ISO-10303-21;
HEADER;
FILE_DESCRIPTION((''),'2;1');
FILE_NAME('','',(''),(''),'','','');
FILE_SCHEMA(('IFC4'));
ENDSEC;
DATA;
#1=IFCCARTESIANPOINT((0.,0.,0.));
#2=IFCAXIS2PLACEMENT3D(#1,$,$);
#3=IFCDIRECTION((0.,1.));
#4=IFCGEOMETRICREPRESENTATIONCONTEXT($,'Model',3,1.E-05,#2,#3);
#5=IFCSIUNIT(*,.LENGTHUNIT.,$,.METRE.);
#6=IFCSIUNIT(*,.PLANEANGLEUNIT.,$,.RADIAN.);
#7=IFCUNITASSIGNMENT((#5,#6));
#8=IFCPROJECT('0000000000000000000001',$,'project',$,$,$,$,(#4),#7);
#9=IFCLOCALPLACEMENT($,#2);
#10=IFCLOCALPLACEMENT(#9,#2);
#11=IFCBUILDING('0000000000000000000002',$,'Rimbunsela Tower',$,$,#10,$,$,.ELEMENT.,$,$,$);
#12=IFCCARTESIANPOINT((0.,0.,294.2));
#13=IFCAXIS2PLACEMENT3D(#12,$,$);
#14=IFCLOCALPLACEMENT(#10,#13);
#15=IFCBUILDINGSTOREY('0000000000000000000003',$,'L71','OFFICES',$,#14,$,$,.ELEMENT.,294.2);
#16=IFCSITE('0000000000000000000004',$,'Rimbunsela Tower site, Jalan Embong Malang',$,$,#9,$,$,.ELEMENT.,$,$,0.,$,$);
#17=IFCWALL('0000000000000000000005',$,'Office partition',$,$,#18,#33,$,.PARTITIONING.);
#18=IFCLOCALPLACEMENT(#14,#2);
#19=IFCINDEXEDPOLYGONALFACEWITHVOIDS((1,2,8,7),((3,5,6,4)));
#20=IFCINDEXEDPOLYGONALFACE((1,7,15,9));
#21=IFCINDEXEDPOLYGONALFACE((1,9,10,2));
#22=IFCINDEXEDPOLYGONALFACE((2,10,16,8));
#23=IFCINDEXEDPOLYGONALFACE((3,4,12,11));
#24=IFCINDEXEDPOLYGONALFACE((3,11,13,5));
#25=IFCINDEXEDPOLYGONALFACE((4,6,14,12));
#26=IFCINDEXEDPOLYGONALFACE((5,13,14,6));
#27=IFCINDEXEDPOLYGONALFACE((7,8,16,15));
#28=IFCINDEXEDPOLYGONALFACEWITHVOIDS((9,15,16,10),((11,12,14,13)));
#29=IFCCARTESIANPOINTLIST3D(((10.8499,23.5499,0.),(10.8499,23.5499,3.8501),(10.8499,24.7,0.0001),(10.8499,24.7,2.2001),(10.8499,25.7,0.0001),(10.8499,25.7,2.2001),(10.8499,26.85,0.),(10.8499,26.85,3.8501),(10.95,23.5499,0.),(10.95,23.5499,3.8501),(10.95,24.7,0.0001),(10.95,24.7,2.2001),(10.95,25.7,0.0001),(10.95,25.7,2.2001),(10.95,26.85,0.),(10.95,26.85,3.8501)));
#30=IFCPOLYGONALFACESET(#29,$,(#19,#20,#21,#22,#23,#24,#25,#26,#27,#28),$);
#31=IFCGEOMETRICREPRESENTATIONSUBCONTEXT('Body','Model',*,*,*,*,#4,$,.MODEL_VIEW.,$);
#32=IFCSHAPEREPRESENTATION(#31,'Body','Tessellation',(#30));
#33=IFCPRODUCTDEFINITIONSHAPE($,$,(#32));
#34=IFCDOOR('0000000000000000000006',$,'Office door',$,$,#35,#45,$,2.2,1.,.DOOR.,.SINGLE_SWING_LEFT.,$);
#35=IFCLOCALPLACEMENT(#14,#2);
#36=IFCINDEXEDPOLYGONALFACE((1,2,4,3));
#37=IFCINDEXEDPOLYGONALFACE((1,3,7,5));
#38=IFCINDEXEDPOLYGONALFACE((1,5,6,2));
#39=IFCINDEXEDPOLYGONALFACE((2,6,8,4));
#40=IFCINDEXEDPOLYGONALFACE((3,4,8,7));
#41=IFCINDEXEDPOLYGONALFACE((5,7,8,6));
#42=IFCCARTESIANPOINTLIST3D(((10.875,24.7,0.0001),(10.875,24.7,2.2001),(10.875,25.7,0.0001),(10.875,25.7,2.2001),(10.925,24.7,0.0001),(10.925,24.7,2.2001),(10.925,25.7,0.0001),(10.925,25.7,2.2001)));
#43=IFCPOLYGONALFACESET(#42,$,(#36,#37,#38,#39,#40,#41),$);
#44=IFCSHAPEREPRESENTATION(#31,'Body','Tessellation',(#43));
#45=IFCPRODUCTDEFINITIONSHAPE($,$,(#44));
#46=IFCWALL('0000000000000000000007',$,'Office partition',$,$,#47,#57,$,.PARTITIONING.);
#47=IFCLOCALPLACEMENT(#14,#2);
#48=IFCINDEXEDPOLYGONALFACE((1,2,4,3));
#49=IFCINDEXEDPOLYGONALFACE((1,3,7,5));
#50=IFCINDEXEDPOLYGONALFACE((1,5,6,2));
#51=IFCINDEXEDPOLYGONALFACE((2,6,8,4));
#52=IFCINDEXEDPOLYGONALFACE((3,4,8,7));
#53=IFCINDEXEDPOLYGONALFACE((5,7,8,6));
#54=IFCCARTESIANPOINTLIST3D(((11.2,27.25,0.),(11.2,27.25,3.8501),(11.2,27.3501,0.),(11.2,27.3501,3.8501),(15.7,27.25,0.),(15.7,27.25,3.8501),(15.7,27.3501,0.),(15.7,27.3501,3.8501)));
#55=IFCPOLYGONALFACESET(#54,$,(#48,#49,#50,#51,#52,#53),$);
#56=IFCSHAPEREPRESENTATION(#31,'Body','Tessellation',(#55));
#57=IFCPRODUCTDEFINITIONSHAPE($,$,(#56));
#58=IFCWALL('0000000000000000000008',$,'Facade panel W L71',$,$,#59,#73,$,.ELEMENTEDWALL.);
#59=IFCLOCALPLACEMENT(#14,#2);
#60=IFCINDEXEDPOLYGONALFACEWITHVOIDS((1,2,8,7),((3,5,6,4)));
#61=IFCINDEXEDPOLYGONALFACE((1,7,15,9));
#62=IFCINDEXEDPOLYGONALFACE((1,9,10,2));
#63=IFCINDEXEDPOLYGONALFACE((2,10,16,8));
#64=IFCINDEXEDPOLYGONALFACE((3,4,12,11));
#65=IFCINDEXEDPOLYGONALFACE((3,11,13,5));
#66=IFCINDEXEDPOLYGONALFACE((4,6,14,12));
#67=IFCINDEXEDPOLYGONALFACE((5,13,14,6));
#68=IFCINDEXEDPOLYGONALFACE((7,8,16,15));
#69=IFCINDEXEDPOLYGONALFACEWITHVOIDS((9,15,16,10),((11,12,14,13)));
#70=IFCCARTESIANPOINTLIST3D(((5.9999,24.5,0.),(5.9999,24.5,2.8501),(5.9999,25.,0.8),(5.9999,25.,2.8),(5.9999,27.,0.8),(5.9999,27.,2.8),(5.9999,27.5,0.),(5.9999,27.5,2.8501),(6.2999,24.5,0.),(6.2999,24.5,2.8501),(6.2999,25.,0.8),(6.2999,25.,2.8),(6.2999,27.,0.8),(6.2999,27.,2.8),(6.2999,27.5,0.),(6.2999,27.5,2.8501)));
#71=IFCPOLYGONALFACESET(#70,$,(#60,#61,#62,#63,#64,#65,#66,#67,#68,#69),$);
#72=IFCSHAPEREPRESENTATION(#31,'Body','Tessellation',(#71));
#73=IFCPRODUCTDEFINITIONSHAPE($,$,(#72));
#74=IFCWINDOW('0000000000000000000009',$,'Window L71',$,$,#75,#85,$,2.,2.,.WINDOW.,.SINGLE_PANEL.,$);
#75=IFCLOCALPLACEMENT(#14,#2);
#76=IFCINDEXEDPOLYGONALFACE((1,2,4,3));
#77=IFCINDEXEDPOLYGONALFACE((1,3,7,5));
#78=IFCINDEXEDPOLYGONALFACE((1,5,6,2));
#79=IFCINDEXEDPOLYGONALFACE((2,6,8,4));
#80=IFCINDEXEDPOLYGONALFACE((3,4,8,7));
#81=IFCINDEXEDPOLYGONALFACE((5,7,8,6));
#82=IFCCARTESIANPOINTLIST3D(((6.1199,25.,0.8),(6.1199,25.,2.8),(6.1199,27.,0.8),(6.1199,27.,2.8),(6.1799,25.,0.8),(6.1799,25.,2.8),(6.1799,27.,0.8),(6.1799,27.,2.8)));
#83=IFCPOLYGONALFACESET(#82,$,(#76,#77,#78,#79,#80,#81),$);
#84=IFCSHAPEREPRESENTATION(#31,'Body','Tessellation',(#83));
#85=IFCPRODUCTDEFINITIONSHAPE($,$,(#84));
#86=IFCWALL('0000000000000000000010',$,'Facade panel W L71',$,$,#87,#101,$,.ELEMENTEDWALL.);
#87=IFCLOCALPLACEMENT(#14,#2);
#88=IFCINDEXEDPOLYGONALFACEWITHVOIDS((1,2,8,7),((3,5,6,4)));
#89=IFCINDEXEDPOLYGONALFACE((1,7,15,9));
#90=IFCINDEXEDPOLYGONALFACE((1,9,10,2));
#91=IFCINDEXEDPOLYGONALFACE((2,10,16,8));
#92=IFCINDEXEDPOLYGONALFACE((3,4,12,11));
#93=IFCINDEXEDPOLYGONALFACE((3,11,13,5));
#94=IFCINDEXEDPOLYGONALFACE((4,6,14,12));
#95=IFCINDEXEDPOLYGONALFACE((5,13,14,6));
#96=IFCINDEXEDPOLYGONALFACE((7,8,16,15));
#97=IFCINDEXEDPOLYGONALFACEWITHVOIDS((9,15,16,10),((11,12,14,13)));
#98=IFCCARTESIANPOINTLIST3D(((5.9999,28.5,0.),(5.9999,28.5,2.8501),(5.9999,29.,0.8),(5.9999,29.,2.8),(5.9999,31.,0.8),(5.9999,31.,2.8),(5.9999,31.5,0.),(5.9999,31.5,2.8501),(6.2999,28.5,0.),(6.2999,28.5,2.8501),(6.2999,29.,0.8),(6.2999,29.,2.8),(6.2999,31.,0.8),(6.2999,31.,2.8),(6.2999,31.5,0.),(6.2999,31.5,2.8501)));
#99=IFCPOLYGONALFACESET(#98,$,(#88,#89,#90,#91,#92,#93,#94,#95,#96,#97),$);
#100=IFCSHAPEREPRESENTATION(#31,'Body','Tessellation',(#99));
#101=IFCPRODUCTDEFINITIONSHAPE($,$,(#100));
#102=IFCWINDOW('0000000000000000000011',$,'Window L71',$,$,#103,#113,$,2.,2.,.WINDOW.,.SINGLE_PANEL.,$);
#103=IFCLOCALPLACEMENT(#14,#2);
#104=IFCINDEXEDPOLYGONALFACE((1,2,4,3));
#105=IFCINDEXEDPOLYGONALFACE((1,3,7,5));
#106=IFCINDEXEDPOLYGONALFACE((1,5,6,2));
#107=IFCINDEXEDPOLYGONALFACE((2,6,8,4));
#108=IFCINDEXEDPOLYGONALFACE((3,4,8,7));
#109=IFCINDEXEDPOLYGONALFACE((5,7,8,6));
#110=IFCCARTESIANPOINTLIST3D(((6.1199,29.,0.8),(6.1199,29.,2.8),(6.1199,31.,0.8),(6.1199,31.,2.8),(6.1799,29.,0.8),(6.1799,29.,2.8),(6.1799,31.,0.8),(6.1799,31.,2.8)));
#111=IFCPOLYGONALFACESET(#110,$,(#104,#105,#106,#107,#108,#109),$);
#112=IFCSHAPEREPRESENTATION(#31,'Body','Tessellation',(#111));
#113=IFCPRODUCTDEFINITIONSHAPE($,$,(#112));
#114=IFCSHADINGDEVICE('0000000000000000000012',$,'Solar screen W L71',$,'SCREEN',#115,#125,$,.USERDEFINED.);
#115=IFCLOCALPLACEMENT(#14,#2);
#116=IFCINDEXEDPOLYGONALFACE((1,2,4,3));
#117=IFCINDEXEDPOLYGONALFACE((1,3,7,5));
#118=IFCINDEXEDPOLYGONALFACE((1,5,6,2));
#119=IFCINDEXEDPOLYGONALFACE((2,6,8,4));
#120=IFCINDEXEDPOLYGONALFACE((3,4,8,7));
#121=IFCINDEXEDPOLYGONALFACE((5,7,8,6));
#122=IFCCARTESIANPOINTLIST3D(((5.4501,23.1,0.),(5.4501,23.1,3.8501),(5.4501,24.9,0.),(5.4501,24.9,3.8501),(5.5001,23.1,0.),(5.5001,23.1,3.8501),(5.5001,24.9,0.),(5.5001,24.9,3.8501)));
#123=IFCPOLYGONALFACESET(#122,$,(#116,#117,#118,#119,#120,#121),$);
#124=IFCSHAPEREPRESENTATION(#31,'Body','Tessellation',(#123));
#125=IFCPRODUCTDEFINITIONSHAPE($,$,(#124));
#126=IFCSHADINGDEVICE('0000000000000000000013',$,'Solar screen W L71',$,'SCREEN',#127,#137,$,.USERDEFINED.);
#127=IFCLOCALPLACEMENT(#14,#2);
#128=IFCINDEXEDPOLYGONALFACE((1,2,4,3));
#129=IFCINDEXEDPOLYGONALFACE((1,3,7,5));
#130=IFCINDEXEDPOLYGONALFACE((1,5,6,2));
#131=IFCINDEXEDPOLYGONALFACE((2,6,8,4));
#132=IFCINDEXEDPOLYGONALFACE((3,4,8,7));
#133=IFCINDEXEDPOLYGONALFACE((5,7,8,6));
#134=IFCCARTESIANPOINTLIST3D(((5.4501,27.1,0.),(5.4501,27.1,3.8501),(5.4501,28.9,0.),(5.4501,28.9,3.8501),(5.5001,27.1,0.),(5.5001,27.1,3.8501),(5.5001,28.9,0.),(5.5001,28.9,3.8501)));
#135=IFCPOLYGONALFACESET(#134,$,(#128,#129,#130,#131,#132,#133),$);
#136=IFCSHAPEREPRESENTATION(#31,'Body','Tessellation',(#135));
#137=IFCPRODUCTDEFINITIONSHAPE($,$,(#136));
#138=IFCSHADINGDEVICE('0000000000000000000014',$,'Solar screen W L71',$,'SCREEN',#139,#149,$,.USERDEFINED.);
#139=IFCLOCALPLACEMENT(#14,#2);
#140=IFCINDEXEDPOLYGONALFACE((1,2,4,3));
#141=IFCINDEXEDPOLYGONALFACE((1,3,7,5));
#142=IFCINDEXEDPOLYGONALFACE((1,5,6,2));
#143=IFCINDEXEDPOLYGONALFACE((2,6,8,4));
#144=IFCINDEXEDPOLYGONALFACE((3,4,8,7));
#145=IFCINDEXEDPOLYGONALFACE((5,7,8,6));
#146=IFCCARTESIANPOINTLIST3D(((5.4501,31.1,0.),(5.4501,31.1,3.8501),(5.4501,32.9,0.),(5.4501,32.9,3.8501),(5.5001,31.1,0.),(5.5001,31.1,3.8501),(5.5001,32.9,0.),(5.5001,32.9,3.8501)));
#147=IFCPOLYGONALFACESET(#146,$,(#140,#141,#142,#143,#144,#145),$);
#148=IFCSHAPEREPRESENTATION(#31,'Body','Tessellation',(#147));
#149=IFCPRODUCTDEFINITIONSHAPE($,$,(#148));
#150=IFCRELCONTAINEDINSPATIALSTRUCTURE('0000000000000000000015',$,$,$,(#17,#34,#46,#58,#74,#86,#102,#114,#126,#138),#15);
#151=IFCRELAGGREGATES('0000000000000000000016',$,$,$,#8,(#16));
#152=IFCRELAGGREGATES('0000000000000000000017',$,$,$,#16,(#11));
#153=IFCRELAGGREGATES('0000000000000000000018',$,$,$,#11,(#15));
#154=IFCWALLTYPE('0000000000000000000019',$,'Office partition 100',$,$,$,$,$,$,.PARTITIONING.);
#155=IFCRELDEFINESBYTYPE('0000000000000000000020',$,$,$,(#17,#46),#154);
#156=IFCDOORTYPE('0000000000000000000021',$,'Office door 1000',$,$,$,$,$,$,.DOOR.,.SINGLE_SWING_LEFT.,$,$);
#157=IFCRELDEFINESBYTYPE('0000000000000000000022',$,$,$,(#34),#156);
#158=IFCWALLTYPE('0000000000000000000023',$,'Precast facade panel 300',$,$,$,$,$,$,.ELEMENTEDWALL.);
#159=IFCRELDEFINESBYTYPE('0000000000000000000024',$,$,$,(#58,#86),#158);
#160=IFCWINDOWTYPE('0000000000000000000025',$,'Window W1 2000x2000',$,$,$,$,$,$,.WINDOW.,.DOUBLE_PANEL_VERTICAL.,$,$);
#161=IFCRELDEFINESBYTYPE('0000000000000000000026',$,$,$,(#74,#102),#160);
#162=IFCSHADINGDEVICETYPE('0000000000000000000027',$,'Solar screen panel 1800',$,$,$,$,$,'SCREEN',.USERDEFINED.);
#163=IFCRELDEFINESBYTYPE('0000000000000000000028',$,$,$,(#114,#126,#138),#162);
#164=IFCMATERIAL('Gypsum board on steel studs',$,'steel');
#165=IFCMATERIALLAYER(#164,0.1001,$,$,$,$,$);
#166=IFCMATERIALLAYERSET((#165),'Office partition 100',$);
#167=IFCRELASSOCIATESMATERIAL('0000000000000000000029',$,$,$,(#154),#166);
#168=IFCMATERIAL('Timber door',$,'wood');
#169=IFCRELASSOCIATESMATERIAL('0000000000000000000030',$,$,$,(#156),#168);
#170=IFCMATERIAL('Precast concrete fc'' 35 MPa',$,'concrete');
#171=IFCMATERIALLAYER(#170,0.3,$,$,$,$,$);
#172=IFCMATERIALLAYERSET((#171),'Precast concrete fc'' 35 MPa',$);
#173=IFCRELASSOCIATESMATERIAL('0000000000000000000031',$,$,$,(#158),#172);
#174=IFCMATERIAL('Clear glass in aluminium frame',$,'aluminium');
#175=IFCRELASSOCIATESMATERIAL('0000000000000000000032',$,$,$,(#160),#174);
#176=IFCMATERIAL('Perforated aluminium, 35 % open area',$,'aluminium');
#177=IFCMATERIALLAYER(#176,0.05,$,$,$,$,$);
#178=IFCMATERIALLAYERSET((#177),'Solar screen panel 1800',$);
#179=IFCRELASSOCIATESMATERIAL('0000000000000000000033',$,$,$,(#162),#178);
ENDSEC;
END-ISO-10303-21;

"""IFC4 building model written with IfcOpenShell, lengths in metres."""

from ifc_helpers import new_model, si_unit, direction, frame, frame_2d, origin, origin_2d, place, context, subcontext, project, spatial, rectangle, extrude, material, layer, layer_set, type_object, element, fill, save


model = new_model("IFC4")

# Units and contexts
model_context = context("Model", 3, precision=1e-05, world=origin(), true_north=direction((0.0, 1.0)))
body_context = subcontext(model_context, "Body", "Model", "MODEL_VIEW")
ifc_project = project(units=[si_unit("LENGTHUNIT", "METRE"), si_unit("PLANEANGLEUNIT", "RADIAN")], contexts=[model_context])

# Site, building, storey
site_placement = place(None, origin())
site = spatial("IfcSite", under=ifc_project, at=site_placement, Name="Rimbunsela Tower site, Jalan Embong Malang", CompositionType="ELEMENT", RefElevation=0.0)
building_placement = place(site_placement, origin())
building = spatial("IfcBuilding", under=site, at=building_placement, Name="Rimbunsela Tower", CompositionType="ELEMENT")
storey_placement = place(building_placement, frame((0.0, 0.0, 294.2)))
storey = spatial("IfcBuildingStorey", under=building, at=storey_placement, Name="L71", Description="OFFICES", CompositionType="ELEMENT", Elevation=294.2)

# Shared definitions
ifc_material_1 = material(Name="Gypsum board on steel studs", Category="steel")
ifc_layer_1 = layer(ifc_material_1, 0.1001)
ifc_layer_set_1 = layer_set([ifc_layer_1], Name="Office partition 100")
wall_type_1 = type_object("IfcWallType", Name="Office partition 100", PredefinedType="PARTITIONING", material=ifc_layer_set_1)

# Shared definitions
ifc_material_2 = material(Name="Timber door", Category="wood")
door_type_1 = type_object("IfcDoorType", Name="Office door 1000", OperationType="SINGLE_SWING_LEFT", PredefinedType="DOOR", material=ifc_material_2)

# Wall, opening, door
wall_1_placement = place(storey_placement, frame((10.8999, 23.55, 0.0), z_axis=(0.0, 0.0, 1.0), x_axis=(0.0, 1.0, 0.0)))
wall_1 = element("IfcWall", 1, at=wall_1_placement, inside=storey, type_object=wall_type_1, Name="Office partition", PredefinedType="PARTITIONING", context=body_context, shape_type="SweptSolid", body=[
    extrude(rectangle(XDim=3.3, YDim=0.1001, at=frame_2d((1.6499, 0.0))), origin(), (0.0, 0.0, 1.0), 3.8501),
])
opening_1_placement = place(wall_1_placement, frame((1.1499, 0.0, 0.0)))
opening_1 = element("IfcOpeningElement", 2, at=opening_1_placement, cuts=wall_1, PredefinedType="OPENING", context=body_context, shape_type="SweptSolid", body=[
    extrude(rectangle(XDim=1.0, YDim=2.2, at=frame_2d((0.5, 1.1001))), frame((0.0, 0.0601, 0.0), z_axis=(0.0, -1.0, 0.0), x_axis=(1.0, 0.0, 0.0)), (0.0, 0.0, 1.0), 0.1201),
])
door_1_placement = place(opening_1_placement, origin())
door_1 = element("IfcDoor", 3, at=door_1_placement, inside=storey, type_object=door_type_1, Name="Office door", OperationType="SINGLE_SWING_LEFT", OverallHeight=2.2, OverallWidth=1.0, PredefinedType="DOOR", context=body_context, shape_type="SweptSolid", body=[
    extrude(rectangle(XDim=1.0, YDim=2.2, at=frame_2d((0.5, 1.1001))), frame((0.0, 0.0249, 0.0), z_axis=(0.0, -1.0, 0.0), x_axis=(1.0, 0.0, 0.0)), (0.0, 0.0, 1.0), 0.05),
])
fill(opening_1, door_1)

# Wall
wall_2_placement = place(storey_placement, frame((11.2, 27.3, 0.0), z_axis=(0.0, 0.0, 1.0), x_axis=(1.0, 0.0, 0.0)))
element("IfcWall", 4, at=wall_2_placement, inside=storey, type_object=wall_type_1, Name="Office partition", PredefinedType="PARTITIONING", context=body_context, shape_type="SweptSolid", body=[
    extrude(rectangle(XDim=4.5, YDim=0.1001, at=frame_2d((2.25, 0.0))), origin(), (0.0, 0.0, 1.0), 3.8501),
])

# Walls, openings, windows
ifc_material_3 = material(Name="Precast concrete fc' 35 MPa", Category="concrete")
ifc_layer_2 = layer(ifc_material_3, 0.3)
ifc_layer_set_2 = layer_set([ifc_layer_2], Name="Precast concrete fc' 35 MPa")
wall_type_2 = type_object("IfcWallType", Name="Precast facade panel 300", PredefinedType="ELEMENTEDWALL", material=ifc_layer_set_2)
wall_3_placement = place(storey_placement, frame((6.1499, 27.5, 0.0), z_axis=(0.0, 0.0, 1.0), x_axis=(0.0, -1.0, 0.0)))
wall_3 = element("IfcWall", 5, at=wall_3_placement, inside=storey, type_object=wall_type_2, Name="Facade panel W L71", PredefinedType="ELEMENTEDWALL", context=body_context, shape_type="SweptSolid", body=[
    extrude(rectangle(XDim=3.0, YDim=0.3, at=frame_2d((1.5, 0.0))), origin(), (0.0, 0.0, 1.0), 2.8501),
])
opening_2_placement = place(wall_3_placement, frame((0.5, 0.0, 0.8)))
opening_2 = element("IfcOpeningElement", 6, at=opening_2_placement, cuts=wall_3, PredefinedType="OPENING", context=body_context, shape_type="SweptSolid", body=[
    extrude(rectangle(XDim=2.0, YDim=2.0, at=frame_2d((1.0, 1.0))), frame((0.0, 0.1599, 0.0), z_axis=(0.0, -1.0, 0.0), x_axis=(1.0, 0.0, 0.0)), (0.0, 0.0, 1.0), 0.3201),
])
ifc_material_4 = material(Name="Clear glass in aluminium frame", Category="aluminium")
window_type = type_object("IfcWindowType", Name="Window W1 2000x2000", PartitioningType="DOUBLE_PANEL_VERTICAL", PredefinedType="WINDOW", material=ifc_material_4)
window_1_placement = place(opening_2_placement, origin())
window_1 = element("IfcWindow", 7, at=window_1_placement, inside=storey, type_object=window_type, Name="Window L71", OverallHeight=2.0, OverallWidth=2.0, PartitioningType="SINGLE_PANEL", PredefinedType="WINDOW", context=body_context, shape_type="SweptSolid", body=[
    extrude(rectangle(XDim=2.0, YDim=2.0, at=frame_2d((1.0, 1.0))), frame((0.0, 0.03, 0.0), z_axis=(0.0, -1.0, 0.0), x_axis=(1.0, 0.0, 0.0)), (0.0, 0.0, 1.0), 0.0601),
])
fill(opening_2, window_1)
wall_4_placement = place(storey_placement, frame((6.1499, 31.5, 0.0), z_axis=(0.0, 0.0, 1.0), x_axis=(0.0, -1.0, 0.0)))
wall_4 = element("IfcWall", 8, at=wall_4_placement, inside=storey, type_object=wall_type_2, Name="Facade panel W L71", PredefinedType="ELEMENTEDWALL", context=body_context, shape_type="SweptSolid", body=[
    extrude(rectangle(XDim=3.0, YDim=0.3, at=frame_2d((1.5, 0.0))), origin(), (0.0, 0.0, 1.0), 2.8501),
])
opening_3_placement = place(wall_4_placement, frame((0.5, 0.0, 0.8)))
opening_3 = element("IfcOpeningElement", 9, at=opening_3_placement, cuts=wall_4, PredefinedType="OPENING", context=body_context, shape_type="SweptSolid", body=[
    extrude(rectangle(XDim=2.0, YDim=2.0, at=frame_2d((1.0, 1.0))), frame((0.0, 0.1599, 0.0), z_axis=(0.0, -1.0, 0.0), x_axis=(1.0, 0.0, 0.0)), (0.0, 0.0, 1.0), 0.3201),
])
window_2_placement = place(opening_3_placement, origin())
window_2 = element("IfcWindow", 10, at=window_2_placement, inside=storey, type_object=window_type, Name="Window L71", OverallHeight=2.0, OverallWidth=2.0, PartitioningType="SINGLE_PANEL", PredefinedType="WINDOW", context=body_context, shape_type="SweptSolid", body=[
    extrude(rectangle(XDim=2.0, YDim=2.0, at=frame_2d((1.0, 1.0))), frame((0.0, 0.03, 0.0), z_axis=(0.0, -1.0, 0.0), x_axis=(1.0, 0.0, 0.0)), (0.0, 0.0, 1.0), 0.0601),
])
fill(opening_3, window_2)

# Shading devices
ifc_material_5 = material(Name="Perforated aluminium, 35 % open area", Category="aluminium")
ifc_layer_3 = layer(ifc_material_5, 0.05)
ifc_layer_set_3 = layer_set([ifc_layer_3], Name="Solar screen panel 1800")
shading_device_type = type_object("IfcShadingDeviceType", Name="Solar screen panel 1800", ElementType="SCREEN", PredefinedType="USERDEFINED", material=ifc_layer_set_3)
for number, where, z_axis, x_axis, name in (
    (11, (5.4751, 24.0, 0.0), (0.0, 0.0, 1.0), (0.0, 1.0, 0.0), "Solar screen W L71"),
    (12, (5.4751, 28.0, 0.0), (0.0, 0.0, 1.0), (0.0, 1.0, 0.0), "Solar screen W L71"),
    (13, (5.4751, 32.0, 0.0), (0.0, 0.0, 1.0), (0.0, 1.0, 0.0), "Solar screen W L71"),
):
    element("IfcShadingDevice", number, at=place(storey_placement, frame(where, z_axis=z_axis, x_axis=x_axis)), inside=storey, type_object=shading_device_type, Name=name, ObjectType="SCREEN", PredefinedType="USERDEFINED", context=body_context, shape_type="SweptSolid", body=[
        extrude(rectangle(XDim=1.8, YDim=0.05, at=origin_2d()), origin(), (0.0, 0.0, 1.0), 3.8501),
    ])

save(model, "model.ifc")
